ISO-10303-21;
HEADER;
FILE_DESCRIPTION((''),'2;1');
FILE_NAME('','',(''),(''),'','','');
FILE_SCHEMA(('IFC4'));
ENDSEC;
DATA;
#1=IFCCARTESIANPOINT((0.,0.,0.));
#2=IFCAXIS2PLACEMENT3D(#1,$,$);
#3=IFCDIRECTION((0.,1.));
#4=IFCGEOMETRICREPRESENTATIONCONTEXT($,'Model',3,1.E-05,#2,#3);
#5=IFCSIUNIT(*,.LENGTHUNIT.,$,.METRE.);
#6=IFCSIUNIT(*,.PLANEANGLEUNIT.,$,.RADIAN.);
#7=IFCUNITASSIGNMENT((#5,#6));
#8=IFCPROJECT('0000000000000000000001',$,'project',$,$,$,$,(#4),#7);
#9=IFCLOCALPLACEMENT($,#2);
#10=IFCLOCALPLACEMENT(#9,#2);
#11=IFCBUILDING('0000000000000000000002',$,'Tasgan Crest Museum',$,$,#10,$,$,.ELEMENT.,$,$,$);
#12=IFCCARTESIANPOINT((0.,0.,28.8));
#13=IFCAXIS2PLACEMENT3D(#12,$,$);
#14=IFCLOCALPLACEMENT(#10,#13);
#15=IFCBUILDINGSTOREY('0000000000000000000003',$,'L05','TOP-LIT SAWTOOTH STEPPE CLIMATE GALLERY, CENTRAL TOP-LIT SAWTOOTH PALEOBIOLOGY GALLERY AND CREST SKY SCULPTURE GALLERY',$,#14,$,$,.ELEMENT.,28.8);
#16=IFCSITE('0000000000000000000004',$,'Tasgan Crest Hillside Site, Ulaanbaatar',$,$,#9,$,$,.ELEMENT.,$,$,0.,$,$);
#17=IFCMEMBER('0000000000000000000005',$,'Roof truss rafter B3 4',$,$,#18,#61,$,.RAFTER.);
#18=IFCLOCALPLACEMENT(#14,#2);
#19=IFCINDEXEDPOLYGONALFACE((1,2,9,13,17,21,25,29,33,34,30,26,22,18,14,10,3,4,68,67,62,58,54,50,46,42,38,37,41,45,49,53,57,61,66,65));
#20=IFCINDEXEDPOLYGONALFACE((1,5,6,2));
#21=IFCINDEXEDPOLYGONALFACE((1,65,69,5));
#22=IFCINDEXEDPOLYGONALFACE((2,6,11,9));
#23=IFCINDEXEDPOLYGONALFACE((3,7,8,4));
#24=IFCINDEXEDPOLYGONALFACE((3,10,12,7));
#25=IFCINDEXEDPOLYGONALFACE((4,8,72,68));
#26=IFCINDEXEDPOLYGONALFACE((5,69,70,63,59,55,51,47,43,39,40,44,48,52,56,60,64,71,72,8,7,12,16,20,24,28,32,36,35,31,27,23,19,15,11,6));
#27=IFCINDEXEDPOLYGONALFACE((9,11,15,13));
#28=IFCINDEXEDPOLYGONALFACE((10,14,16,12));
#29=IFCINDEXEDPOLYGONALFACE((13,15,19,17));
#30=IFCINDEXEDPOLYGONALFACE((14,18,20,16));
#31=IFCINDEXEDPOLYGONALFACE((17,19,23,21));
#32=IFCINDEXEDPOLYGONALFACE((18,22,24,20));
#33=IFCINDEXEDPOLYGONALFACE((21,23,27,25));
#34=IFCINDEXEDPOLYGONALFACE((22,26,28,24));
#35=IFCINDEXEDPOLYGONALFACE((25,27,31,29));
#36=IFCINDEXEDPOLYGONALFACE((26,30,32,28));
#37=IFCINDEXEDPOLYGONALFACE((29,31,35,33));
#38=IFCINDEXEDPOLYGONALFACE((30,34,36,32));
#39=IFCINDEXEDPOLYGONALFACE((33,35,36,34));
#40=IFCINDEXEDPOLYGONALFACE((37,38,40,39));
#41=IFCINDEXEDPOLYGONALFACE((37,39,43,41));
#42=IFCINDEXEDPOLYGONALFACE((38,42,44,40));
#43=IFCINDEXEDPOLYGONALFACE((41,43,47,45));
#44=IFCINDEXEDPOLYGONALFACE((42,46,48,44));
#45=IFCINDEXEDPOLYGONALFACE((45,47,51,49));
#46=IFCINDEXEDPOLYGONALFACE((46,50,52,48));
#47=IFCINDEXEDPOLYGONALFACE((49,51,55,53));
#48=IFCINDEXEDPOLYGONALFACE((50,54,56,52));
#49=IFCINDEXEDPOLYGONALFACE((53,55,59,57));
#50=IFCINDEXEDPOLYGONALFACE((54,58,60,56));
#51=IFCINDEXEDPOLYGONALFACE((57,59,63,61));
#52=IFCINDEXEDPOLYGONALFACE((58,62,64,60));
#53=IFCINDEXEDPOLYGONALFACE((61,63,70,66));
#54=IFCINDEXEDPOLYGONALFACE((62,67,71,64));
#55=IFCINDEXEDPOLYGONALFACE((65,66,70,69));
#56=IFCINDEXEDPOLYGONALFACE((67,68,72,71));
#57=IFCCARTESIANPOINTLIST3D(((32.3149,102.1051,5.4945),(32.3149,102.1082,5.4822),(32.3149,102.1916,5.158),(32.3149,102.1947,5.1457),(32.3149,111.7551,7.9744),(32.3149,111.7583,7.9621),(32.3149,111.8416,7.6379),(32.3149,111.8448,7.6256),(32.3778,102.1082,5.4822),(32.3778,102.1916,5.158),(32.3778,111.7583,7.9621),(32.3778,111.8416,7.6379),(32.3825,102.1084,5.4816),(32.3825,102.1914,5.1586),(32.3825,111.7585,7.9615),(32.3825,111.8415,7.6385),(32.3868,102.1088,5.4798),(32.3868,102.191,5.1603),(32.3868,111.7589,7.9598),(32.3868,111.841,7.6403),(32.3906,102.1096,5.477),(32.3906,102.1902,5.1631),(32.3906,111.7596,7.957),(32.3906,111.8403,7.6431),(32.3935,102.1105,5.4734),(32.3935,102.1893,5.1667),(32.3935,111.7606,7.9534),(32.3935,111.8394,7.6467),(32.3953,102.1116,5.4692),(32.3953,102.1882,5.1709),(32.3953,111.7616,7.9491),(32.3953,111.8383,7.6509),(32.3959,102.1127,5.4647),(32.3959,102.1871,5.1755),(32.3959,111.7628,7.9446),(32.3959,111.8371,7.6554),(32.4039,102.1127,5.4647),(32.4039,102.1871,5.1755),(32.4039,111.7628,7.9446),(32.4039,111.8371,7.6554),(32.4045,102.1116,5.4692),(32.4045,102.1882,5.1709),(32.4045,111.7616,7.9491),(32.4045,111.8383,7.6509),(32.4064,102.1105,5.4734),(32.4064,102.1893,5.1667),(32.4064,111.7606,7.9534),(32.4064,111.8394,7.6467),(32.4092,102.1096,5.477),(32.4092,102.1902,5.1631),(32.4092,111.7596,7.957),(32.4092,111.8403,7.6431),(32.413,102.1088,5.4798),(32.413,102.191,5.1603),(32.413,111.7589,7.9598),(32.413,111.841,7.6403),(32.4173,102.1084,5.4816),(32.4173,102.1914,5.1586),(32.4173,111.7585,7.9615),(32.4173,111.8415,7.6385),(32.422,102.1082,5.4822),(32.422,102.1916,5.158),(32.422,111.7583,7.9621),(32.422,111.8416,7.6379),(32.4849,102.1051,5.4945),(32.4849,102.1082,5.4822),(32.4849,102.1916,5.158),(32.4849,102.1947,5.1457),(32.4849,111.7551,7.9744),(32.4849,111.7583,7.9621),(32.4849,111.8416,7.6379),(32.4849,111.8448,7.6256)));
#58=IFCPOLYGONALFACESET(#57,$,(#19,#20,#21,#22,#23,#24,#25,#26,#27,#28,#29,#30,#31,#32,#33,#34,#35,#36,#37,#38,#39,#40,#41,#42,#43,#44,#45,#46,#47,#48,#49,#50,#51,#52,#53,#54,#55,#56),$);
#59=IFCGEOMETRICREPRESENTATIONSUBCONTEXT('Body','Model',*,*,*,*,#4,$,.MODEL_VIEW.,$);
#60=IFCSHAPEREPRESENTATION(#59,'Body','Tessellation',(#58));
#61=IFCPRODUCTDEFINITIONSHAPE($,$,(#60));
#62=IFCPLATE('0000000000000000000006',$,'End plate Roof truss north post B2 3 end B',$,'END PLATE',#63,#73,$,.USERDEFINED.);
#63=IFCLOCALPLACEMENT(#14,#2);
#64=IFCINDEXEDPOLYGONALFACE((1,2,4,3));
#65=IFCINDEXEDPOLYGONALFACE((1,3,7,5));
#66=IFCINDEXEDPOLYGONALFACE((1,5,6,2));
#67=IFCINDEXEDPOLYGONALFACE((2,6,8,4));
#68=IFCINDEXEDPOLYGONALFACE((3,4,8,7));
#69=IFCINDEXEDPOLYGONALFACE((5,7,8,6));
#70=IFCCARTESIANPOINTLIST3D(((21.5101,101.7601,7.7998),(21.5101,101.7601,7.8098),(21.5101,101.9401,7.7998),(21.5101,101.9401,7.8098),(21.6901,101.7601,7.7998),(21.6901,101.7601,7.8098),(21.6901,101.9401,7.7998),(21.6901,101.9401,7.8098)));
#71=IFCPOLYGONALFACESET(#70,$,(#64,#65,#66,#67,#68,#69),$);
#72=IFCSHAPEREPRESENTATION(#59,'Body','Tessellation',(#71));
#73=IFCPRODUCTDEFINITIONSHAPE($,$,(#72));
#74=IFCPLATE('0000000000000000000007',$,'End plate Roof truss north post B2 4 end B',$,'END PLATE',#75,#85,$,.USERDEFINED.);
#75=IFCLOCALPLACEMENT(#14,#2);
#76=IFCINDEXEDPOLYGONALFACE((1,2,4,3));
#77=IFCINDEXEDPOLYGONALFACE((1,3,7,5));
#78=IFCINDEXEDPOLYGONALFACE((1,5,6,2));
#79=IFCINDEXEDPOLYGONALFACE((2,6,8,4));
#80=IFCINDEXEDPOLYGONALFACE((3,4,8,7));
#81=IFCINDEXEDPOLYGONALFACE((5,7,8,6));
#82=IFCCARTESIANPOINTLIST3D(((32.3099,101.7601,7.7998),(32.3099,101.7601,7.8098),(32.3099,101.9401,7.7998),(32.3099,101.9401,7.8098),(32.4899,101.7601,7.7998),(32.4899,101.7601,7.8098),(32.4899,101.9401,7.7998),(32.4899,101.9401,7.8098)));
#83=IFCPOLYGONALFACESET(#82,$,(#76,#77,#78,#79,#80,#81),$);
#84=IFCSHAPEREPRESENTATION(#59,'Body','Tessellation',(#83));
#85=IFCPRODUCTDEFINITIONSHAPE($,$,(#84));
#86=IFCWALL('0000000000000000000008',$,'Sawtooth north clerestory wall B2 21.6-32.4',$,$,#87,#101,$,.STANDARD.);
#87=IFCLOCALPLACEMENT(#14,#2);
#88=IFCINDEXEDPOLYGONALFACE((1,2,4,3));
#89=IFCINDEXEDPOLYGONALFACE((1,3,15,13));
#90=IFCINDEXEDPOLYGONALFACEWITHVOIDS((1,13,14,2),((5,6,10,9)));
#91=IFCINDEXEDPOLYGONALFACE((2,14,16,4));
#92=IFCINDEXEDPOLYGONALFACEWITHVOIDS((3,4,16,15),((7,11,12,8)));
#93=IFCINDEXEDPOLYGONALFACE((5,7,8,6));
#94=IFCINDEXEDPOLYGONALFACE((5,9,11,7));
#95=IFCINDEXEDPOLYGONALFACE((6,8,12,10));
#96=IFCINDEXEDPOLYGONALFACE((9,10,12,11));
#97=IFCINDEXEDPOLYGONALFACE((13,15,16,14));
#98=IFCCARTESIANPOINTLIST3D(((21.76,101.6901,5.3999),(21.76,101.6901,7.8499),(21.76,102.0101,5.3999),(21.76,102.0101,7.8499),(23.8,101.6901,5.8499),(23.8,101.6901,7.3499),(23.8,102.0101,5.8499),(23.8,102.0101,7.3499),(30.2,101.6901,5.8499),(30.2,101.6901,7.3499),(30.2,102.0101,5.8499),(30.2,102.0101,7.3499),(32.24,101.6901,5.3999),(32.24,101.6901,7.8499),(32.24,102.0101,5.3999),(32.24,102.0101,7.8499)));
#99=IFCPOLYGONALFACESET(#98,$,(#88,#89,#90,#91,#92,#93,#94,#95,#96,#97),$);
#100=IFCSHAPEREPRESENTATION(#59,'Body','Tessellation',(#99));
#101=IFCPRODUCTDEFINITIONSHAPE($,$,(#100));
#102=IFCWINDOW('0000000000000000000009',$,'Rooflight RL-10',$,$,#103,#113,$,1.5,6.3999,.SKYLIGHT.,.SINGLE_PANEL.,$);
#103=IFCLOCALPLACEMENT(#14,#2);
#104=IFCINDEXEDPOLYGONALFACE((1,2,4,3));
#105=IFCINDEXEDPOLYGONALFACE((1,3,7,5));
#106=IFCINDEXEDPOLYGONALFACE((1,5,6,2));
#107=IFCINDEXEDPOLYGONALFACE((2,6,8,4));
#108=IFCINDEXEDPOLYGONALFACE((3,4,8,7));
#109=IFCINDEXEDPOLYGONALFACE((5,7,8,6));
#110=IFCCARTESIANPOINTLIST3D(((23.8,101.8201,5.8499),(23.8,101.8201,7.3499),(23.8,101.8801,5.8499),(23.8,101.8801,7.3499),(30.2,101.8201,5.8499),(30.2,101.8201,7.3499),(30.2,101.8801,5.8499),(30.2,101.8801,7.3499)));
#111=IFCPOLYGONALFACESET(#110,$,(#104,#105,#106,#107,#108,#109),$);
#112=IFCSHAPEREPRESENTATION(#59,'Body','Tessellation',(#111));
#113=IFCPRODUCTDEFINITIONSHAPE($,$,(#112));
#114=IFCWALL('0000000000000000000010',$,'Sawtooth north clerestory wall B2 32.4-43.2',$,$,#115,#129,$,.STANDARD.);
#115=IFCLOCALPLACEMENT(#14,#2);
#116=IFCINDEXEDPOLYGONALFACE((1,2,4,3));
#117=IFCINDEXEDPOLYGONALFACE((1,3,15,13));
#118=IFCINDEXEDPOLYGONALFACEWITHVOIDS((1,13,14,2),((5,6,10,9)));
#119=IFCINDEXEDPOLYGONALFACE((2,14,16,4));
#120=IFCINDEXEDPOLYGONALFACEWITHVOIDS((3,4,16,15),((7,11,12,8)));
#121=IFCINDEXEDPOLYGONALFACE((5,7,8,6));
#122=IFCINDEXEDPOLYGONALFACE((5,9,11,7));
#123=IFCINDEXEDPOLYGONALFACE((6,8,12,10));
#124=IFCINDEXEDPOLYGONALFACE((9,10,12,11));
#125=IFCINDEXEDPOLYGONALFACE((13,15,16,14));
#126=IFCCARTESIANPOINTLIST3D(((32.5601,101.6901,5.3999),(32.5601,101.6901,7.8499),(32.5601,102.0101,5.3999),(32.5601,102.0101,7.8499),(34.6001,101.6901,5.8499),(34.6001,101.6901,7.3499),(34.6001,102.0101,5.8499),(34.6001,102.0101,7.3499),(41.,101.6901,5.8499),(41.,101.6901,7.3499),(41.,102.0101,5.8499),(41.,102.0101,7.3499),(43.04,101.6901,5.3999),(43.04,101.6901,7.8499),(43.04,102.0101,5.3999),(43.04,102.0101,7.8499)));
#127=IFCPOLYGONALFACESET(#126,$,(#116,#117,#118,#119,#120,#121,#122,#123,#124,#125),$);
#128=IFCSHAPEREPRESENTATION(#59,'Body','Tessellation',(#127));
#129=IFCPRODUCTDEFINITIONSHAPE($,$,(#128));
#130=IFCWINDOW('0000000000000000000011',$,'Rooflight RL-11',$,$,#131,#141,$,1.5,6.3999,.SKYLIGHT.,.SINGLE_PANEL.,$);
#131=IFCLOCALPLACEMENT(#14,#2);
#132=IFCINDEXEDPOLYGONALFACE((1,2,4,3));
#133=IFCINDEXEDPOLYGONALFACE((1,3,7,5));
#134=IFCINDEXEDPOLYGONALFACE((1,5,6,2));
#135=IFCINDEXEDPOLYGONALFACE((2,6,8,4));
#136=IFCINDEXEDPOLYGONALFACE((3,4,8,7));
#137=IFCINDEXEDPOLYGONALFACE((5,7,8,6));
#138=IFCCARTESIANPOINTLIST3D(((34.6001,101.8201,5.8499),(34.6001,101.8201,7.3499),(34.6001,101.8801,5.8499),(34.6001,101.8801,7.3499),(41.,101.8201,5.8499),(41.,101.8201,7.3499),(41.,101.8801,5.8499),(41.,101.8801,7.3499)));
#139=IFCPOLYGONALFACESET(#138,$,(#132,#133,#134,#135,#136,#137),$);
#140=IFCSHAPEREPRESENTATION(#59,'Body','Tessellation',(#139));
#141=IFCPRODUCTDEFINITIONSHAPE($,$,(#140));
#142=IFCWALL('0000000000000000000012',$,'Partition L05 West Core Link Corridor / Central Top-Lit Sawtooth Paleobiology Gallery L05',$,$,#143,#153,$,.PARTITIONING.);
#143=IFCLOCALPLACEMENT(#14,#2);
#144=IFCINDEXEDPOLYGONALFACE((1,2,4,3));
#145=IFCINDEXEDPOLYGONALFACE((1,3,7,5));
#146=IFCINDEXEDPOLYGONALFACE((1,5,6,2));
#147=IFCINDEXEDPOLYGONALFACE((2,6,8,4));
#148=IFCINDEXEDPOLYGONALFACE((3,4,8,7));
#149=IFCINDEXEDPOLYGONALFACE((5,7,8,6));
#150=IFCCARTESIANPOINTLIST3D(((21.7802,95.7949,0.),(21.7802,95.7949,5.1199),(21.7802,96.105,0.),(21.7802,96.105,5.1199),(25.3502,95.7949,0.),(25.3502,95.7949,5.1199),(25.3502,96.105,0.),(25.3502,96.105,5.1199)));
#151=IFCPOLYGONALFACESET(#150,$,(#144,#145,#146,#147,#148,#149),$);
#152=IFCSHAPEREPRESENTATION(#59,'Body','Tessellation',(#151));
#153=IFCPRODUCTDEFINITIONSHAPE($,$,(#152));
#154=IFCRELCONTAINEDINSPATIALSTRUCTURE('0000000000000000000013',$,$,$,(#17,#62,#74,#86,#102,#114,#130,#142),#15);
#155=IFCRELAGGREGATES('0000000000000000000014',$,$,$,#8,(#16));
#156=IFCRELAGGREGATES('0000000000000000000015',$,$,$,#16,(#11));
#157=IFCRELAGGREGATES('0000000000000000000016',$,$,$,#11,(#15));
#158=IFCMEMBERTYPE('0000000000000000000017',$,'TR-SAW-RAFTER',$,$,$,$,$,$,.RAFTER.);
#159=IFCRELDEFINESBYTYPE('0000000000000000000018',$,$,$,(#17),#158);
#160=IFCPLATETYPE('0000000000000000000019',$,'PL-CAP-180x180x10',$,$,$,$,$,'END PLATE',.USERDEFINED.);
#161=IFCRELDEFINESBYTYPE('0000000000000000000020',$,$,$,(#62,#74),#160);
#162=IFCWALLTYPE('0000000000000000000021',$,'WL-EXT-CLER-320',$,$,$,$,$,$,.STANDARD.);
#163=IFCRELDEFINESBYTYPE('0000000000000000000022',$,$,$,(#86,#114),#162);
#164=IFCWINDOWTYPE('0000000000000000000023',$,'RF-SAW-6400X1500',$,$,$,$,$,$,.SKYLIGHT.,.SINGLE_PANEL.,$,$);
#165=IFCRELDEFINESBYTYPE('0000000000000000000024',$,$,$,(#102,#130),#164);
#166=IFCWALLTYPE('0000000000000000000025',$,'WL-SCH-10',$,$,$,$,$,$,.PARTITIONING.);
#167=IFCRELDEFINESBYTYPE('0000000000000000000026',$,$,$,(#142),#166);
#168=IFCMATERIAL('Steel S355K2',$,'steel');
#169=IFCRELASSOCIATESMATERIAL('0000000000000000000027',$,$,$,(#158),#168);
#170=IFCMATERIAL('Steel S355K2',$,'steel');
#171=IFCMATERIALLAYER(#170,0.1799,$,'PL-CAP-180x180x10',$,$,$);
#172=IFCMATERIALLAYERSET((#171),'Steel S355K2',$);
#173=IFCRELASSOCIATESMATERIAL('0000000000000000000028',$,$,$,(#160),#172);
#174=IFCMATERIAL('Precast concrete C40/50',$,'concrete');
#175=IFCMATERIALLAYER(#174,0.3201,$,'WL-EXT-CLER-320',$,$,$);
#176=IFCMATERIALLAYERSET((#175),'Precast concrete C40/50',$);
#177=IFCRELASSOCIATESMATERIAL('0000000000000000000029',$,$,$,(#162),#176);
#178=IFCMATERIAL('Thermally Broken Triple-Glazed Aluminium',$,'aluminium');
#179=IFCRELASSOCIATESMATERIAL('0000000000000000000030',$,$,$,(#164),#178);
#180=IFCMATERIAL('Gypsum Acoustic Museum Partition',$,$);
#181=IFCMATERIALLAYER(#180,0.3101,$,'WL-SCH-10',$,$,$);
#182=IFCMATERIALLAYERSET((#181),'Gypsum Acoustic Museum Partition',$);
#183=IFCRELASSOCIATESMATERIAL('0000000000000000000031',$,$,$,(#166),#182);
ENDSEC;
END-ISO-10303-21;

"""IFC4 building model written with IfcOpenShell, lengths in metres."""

from ifc_helpers import new_model, si_unit, direction, frame, frame_2d, origin, origin_2d, place, context, subcontext, project, spatial, rectangle, i_section, extrude, material, layer, layer_set, material_profile, profile_set, type_object, element, fill, save


model = new_model("IFC4")

# Units and contexts
model_context = context("Model", 3, precision=1e-05, world=origin(), true_north=direction((0.0, 1.0)))
body_context = subcontext(model_context, "Body", "Model", "MODEL_VIEW")
ifc_project = project(units=[si_unit("LENGTHUNIT", "METRE"), si_unit("PLANEANGLEUNIT", "RADIAN")], contexts=[model_context])

# Site, building, storey
site_placement = place(None, origin())
site = spatial("IfcSite", under=ifc_project, at=site_placement, Name="Tasgan Crest Hillside Site, Ulaanbaatar", CompositionType="ELEMENT", RefElevation=0.0)
building_placement = place(site_placement, origin())
building = spatial("IfcBuilding", under=site, at=building_placement, Name="Tasgan Crest Museum", CompositionType="ELEMENT")
storey_placement = place(building_placement, frame((0.0, 0.0, 28.8)))
storey = spatial("IfcBuildingStorey", under=building, at=storey_placement, Name="L05", Description="TOP-LIT SAWTOOTH STEPPE CLIMATE GALLERY, CENTRAL TOP-LIT SAWTOOTH PALEOBIOLOGY GALLERY AND CREST SKY SCULPTURE GALLERY", CompositionType="ELEMENT", Elevation=28.8)

# Member
ifc_material_1 = material(Name="Steel S355K2", Category="steel")
ifc_material_profile_1 = material_profile(ifc_material_1, i_section(OverallWidth=0.1699, OverallDepth=0.3601, WebThickness=0.0081, FlangeThickness=0.0127, FilletRadius=0.0181, at=origin_2d()), Name="IPE 360")
ifc_profile_set_1 = profile_set([ifc_material_profile_1], Name="Steel S355K2")
member_type_1 = type_object("IfcMemberType", Name="TR-SAW-RAFTER", PredefinedType="RAFTER", material=ifc_profile_set_1)
for number, where, z_axis, x_axis, name in (
    (1, (32.3999, 102.1499, 5.3201), (0.0, 0.968529, 0.248901), (-1.0, 0.0, 0.0), "Roof truss rafter B3 4"),
):
    element("IfcMember", number, at=place(storey_placement, frame(where, z_axis=z_axis, x_axis=x_axis)), inside=storey, type_object=member_type_1, Name=name, PredefinedType="RAFTER", context=body_context, shape_type="SweptSolid", body=[
        extrude(i_section(OverallWidth=0.1699, OverallDepth=0.3601, WebThickness=0.0081, FlangeThickness=0.0127, FilletRadius=0.0181, at=origin_2d()), origin(), (0.0, 0.0, 1.0), 9.9636),
    ])

# Plates
ifc_material_2 = material(Name="Steel S355K2", Category="steel")
ifc_layer_1 = layer(ifc_material_2, 0.1799, Name="PL-CAP-180x180x10")
ifc_layer_set_1 = layer_set([ifc_layer_1], Name="Steel S355K2")
plate_type = type_object("IfcPlateType", Name="PL-CAP-180x180x10", ElementType="END PLATE", PredefinedType="USERDEFINED", material=ifc_layer_set_1)
for number, where, z_axis, x_axis, name in (
    (2, (21.6001, 101.8501, 7.7998), (0.0, 0.0, 1.0), (1.0, 0.0, 0.0), "End plate Roof truss north post B2 3 end B"),
    (3, (32.3999, 101.8501, 7.7998), (0.0, 0.0, 1.0), (1.0, 0.0, 0.0), "End plate Roof truss north post B2 4 end B"),
):
    element("IfcPlate", number, at=place(storey_placement, frame(where, z_axis=z_axis, x_axis=x_axis)), inside=storey, type_object=plate_type, Name=name, ObjectType="END PLATE", PredefinedType="USERDEFINED", context=body_context, shape_type="SweptSolid", body=[
        extrude(rectangle(XDim=0.1799, YDim=0.1799, at=origin_2d()), origin(), (0.0, 0.0, 1.0), 0.01),
    ])

# Walls, openings, windows
ifc_material_3 = material(Name="Precast concrete C40/50", Category="concrete")
ifc_layer_2 = layer(ifc_material_3, 0.3201, Name="WL-EXT-CLER-320")
ifc_layer_set_2 = layer_set([ifc_layer_2], Name="Precast concrete C40/50")
wall_type_1 = type_object("IfcWallType", Name="WL-EXT-CLER-320", PredefinedType="STANDARD", material=ifc_layer_set_2)
wall_1_placement = place(storey_placement, frame((21.76, 101.8501, 5.3999), z_axis=(0.0, 0.0, 1.0), x_axis=(1.0, 0.0, 0.0)))
wall_1 = element("IfcWall", 4, at=wall_1_placement, inside=storey, type_object=wall_type_1, Name="Sawtooth north clerestory wall B2 21.6-32.4", PredefinedType="STANDARD", context=body_context, shape_type="SweptSolid", body=[
    extrude(rectangle(XDim=10.48, YDim=0.3201, at=frame_2d((5.24, 0.0))), origin(), (0.0, 0.0, 1.0), 2.45),
])
opening_1_placement = place(wall_1_placement, frame((2.04, 0.0, 0.45)))
opening_1 = element("IfcOpeningElement", 5, at=opening_1_placement, cuts=wall_1, PredefinedType="OPENING", context=body_context, shape_type="SweptSolid", body=[
    extrude(rectangle(XDim=6.3999, YDim=1.5, at=frame_2d((3.2, 0.75))), frame((0.0, 0.1699, 0.0), z_axis=(0.0, -1.0, 0.0), x_axis=(1.0, 0.0, 0.0)), (0.0, 0.0, 1.0), 0.3401),
])
ifc_material_4 = material(Name="Thermally Broken Triple-Glazed Aluminium", Category="aluminium")
window_type = type_object("IfcWindowType", Name="RF-SAW-6400X1500", PartitioningType="SINGLE_PANEL", PredefinedType="SKYLIGHT", material=ifc_material_4)
window_1_placement = place(opening_1_placement, origin())
window_1 = element("IfcWindow", 6, at=window_1_placement, inside=storey, type_object=window_type, Name="Rooflight RL-10", OverallHeight=1.5, OverallWidth=6.3999, PartitioningType="SINGLE_PANEL", PredefinedType="SKYLIGHT", context=body_context, shape_type="SweptSolid", body=[
    extrude(rectangle(XDim=6.3999, YDim=1.5, at=frame_2d((3.2, 0.75))), frame((0.0, 0.03, 0.0), z_axis=(0.0, -1.0, 0.0), x_axis=(1.0, 0.0, 0.0)), (0.0, 0.0, 1.0), 0.0601),
])
fill(opening_1, window_1)
wall_2_placement = place(storey_placement, frame((32.5601, 101.8501, 5.3999), z_axis=(0.0, 0.0, 1.0), x_axis=(1.0, 0.0, 0.0)))
wall_2 = element("IfcWall", 7, at=wall_2_placement, inside=storey, type_object=wall_type_1, Name="Sawtooth north clerestory wall B2 32.4-43.2", PredefinedType="STANDARD", context=body_context, shape_type="SweptSolid", body=[
    extrude(rectangle(XDim=10.48, YDim=0.3201, at=frame_2d((5.24, 0.0))), origin(), (0.0, 0.0, 1.0), 2.45),
])
opening_2_placement = place(wall_2_placement, frame((2.04, 0.0, 0.45)))
opening_2 = element("IfcOpeningElement", 8, at=opening_2_placement, cuts=wall_2, PredefinedType="OPENING", context=body_context, shape_type="SweptSolid", body=[
    extrude(rectangle(XDim=6.3999, YDim=1.5, at=frame_2d((3.2, 0.75))), frame((0.0, 0.1699, 0.0), z_axis=(0.0, -1.0, 0.0), x_axis=(1.0, 0.0, 0.0)), (0.0, 0.0, 1.0), 0.3401),
])
window_2_placement = place(opening_2_placement, origin())
window_2 = element("IfcWindow", 9, at=window_2_placement, inside=storey, type_object=window_type, Name="Rooflight RL-11", OverallHeight=1.5, OverallWidth=6.3999, PartitioningType="SINGLE_PANEL", PredefinedType="SKYLIGHT", context=body_context, shape_type="SweptSolid", body=[
    extrude(rectangle(XDim=6.3999, YDim=1.5, at=frame_2d((3.2, 0.75))), frame((0.0, 0.03, 0.0), z_axis=(0.0, -1.0, 0.0), x_axis=(1.0, 0.0, 0.0)), (0.0, 0.0, 1.0), 0.0601),
])
fill(opening_2, window_2)

# Wall
ifc_material_5 = material(Name="Gypsum Acoustic Museum Partition")
ifc_layer_3 = layer(ifc_material_5, 0.3101, Name="WL-SCH-10")
ifc_layer_set_3 = layer_set([ifc_layer_3], Name="Gypsum Acoustic Museum Partition")
wall_type_2 = type_object("IfcWallType", Name="WL-SCH-10", PredefinedType="PARTITIONING", material=ifc_layer_set_3)
wall_3_placement = place(storey_placement, frame((21.78, 95.95, 0.0), z_axis=(0.0, 0.0, 1.0), x_axis=(1.0, 0.0, 0.0)))
element("IfcWall", 10, at=wall_3_placement, inside=storey, type_object=wall_type_2, Name="Partition L05 West Core Link Corridor / Central Top-Lit Sawtooth Paleobiology Gallery L05", PredefinedType="PARTITIONING", context=body_context, shape_type="SweptSolid", body=[
    extrude(rectangle(XDim=3.5701, YDim=0.3101, at=frame_2d((1.7852, 0.0))), origin(), (0.0, 0.0, 1.0), 5.1199),
])

save(model, "model.ifc")
